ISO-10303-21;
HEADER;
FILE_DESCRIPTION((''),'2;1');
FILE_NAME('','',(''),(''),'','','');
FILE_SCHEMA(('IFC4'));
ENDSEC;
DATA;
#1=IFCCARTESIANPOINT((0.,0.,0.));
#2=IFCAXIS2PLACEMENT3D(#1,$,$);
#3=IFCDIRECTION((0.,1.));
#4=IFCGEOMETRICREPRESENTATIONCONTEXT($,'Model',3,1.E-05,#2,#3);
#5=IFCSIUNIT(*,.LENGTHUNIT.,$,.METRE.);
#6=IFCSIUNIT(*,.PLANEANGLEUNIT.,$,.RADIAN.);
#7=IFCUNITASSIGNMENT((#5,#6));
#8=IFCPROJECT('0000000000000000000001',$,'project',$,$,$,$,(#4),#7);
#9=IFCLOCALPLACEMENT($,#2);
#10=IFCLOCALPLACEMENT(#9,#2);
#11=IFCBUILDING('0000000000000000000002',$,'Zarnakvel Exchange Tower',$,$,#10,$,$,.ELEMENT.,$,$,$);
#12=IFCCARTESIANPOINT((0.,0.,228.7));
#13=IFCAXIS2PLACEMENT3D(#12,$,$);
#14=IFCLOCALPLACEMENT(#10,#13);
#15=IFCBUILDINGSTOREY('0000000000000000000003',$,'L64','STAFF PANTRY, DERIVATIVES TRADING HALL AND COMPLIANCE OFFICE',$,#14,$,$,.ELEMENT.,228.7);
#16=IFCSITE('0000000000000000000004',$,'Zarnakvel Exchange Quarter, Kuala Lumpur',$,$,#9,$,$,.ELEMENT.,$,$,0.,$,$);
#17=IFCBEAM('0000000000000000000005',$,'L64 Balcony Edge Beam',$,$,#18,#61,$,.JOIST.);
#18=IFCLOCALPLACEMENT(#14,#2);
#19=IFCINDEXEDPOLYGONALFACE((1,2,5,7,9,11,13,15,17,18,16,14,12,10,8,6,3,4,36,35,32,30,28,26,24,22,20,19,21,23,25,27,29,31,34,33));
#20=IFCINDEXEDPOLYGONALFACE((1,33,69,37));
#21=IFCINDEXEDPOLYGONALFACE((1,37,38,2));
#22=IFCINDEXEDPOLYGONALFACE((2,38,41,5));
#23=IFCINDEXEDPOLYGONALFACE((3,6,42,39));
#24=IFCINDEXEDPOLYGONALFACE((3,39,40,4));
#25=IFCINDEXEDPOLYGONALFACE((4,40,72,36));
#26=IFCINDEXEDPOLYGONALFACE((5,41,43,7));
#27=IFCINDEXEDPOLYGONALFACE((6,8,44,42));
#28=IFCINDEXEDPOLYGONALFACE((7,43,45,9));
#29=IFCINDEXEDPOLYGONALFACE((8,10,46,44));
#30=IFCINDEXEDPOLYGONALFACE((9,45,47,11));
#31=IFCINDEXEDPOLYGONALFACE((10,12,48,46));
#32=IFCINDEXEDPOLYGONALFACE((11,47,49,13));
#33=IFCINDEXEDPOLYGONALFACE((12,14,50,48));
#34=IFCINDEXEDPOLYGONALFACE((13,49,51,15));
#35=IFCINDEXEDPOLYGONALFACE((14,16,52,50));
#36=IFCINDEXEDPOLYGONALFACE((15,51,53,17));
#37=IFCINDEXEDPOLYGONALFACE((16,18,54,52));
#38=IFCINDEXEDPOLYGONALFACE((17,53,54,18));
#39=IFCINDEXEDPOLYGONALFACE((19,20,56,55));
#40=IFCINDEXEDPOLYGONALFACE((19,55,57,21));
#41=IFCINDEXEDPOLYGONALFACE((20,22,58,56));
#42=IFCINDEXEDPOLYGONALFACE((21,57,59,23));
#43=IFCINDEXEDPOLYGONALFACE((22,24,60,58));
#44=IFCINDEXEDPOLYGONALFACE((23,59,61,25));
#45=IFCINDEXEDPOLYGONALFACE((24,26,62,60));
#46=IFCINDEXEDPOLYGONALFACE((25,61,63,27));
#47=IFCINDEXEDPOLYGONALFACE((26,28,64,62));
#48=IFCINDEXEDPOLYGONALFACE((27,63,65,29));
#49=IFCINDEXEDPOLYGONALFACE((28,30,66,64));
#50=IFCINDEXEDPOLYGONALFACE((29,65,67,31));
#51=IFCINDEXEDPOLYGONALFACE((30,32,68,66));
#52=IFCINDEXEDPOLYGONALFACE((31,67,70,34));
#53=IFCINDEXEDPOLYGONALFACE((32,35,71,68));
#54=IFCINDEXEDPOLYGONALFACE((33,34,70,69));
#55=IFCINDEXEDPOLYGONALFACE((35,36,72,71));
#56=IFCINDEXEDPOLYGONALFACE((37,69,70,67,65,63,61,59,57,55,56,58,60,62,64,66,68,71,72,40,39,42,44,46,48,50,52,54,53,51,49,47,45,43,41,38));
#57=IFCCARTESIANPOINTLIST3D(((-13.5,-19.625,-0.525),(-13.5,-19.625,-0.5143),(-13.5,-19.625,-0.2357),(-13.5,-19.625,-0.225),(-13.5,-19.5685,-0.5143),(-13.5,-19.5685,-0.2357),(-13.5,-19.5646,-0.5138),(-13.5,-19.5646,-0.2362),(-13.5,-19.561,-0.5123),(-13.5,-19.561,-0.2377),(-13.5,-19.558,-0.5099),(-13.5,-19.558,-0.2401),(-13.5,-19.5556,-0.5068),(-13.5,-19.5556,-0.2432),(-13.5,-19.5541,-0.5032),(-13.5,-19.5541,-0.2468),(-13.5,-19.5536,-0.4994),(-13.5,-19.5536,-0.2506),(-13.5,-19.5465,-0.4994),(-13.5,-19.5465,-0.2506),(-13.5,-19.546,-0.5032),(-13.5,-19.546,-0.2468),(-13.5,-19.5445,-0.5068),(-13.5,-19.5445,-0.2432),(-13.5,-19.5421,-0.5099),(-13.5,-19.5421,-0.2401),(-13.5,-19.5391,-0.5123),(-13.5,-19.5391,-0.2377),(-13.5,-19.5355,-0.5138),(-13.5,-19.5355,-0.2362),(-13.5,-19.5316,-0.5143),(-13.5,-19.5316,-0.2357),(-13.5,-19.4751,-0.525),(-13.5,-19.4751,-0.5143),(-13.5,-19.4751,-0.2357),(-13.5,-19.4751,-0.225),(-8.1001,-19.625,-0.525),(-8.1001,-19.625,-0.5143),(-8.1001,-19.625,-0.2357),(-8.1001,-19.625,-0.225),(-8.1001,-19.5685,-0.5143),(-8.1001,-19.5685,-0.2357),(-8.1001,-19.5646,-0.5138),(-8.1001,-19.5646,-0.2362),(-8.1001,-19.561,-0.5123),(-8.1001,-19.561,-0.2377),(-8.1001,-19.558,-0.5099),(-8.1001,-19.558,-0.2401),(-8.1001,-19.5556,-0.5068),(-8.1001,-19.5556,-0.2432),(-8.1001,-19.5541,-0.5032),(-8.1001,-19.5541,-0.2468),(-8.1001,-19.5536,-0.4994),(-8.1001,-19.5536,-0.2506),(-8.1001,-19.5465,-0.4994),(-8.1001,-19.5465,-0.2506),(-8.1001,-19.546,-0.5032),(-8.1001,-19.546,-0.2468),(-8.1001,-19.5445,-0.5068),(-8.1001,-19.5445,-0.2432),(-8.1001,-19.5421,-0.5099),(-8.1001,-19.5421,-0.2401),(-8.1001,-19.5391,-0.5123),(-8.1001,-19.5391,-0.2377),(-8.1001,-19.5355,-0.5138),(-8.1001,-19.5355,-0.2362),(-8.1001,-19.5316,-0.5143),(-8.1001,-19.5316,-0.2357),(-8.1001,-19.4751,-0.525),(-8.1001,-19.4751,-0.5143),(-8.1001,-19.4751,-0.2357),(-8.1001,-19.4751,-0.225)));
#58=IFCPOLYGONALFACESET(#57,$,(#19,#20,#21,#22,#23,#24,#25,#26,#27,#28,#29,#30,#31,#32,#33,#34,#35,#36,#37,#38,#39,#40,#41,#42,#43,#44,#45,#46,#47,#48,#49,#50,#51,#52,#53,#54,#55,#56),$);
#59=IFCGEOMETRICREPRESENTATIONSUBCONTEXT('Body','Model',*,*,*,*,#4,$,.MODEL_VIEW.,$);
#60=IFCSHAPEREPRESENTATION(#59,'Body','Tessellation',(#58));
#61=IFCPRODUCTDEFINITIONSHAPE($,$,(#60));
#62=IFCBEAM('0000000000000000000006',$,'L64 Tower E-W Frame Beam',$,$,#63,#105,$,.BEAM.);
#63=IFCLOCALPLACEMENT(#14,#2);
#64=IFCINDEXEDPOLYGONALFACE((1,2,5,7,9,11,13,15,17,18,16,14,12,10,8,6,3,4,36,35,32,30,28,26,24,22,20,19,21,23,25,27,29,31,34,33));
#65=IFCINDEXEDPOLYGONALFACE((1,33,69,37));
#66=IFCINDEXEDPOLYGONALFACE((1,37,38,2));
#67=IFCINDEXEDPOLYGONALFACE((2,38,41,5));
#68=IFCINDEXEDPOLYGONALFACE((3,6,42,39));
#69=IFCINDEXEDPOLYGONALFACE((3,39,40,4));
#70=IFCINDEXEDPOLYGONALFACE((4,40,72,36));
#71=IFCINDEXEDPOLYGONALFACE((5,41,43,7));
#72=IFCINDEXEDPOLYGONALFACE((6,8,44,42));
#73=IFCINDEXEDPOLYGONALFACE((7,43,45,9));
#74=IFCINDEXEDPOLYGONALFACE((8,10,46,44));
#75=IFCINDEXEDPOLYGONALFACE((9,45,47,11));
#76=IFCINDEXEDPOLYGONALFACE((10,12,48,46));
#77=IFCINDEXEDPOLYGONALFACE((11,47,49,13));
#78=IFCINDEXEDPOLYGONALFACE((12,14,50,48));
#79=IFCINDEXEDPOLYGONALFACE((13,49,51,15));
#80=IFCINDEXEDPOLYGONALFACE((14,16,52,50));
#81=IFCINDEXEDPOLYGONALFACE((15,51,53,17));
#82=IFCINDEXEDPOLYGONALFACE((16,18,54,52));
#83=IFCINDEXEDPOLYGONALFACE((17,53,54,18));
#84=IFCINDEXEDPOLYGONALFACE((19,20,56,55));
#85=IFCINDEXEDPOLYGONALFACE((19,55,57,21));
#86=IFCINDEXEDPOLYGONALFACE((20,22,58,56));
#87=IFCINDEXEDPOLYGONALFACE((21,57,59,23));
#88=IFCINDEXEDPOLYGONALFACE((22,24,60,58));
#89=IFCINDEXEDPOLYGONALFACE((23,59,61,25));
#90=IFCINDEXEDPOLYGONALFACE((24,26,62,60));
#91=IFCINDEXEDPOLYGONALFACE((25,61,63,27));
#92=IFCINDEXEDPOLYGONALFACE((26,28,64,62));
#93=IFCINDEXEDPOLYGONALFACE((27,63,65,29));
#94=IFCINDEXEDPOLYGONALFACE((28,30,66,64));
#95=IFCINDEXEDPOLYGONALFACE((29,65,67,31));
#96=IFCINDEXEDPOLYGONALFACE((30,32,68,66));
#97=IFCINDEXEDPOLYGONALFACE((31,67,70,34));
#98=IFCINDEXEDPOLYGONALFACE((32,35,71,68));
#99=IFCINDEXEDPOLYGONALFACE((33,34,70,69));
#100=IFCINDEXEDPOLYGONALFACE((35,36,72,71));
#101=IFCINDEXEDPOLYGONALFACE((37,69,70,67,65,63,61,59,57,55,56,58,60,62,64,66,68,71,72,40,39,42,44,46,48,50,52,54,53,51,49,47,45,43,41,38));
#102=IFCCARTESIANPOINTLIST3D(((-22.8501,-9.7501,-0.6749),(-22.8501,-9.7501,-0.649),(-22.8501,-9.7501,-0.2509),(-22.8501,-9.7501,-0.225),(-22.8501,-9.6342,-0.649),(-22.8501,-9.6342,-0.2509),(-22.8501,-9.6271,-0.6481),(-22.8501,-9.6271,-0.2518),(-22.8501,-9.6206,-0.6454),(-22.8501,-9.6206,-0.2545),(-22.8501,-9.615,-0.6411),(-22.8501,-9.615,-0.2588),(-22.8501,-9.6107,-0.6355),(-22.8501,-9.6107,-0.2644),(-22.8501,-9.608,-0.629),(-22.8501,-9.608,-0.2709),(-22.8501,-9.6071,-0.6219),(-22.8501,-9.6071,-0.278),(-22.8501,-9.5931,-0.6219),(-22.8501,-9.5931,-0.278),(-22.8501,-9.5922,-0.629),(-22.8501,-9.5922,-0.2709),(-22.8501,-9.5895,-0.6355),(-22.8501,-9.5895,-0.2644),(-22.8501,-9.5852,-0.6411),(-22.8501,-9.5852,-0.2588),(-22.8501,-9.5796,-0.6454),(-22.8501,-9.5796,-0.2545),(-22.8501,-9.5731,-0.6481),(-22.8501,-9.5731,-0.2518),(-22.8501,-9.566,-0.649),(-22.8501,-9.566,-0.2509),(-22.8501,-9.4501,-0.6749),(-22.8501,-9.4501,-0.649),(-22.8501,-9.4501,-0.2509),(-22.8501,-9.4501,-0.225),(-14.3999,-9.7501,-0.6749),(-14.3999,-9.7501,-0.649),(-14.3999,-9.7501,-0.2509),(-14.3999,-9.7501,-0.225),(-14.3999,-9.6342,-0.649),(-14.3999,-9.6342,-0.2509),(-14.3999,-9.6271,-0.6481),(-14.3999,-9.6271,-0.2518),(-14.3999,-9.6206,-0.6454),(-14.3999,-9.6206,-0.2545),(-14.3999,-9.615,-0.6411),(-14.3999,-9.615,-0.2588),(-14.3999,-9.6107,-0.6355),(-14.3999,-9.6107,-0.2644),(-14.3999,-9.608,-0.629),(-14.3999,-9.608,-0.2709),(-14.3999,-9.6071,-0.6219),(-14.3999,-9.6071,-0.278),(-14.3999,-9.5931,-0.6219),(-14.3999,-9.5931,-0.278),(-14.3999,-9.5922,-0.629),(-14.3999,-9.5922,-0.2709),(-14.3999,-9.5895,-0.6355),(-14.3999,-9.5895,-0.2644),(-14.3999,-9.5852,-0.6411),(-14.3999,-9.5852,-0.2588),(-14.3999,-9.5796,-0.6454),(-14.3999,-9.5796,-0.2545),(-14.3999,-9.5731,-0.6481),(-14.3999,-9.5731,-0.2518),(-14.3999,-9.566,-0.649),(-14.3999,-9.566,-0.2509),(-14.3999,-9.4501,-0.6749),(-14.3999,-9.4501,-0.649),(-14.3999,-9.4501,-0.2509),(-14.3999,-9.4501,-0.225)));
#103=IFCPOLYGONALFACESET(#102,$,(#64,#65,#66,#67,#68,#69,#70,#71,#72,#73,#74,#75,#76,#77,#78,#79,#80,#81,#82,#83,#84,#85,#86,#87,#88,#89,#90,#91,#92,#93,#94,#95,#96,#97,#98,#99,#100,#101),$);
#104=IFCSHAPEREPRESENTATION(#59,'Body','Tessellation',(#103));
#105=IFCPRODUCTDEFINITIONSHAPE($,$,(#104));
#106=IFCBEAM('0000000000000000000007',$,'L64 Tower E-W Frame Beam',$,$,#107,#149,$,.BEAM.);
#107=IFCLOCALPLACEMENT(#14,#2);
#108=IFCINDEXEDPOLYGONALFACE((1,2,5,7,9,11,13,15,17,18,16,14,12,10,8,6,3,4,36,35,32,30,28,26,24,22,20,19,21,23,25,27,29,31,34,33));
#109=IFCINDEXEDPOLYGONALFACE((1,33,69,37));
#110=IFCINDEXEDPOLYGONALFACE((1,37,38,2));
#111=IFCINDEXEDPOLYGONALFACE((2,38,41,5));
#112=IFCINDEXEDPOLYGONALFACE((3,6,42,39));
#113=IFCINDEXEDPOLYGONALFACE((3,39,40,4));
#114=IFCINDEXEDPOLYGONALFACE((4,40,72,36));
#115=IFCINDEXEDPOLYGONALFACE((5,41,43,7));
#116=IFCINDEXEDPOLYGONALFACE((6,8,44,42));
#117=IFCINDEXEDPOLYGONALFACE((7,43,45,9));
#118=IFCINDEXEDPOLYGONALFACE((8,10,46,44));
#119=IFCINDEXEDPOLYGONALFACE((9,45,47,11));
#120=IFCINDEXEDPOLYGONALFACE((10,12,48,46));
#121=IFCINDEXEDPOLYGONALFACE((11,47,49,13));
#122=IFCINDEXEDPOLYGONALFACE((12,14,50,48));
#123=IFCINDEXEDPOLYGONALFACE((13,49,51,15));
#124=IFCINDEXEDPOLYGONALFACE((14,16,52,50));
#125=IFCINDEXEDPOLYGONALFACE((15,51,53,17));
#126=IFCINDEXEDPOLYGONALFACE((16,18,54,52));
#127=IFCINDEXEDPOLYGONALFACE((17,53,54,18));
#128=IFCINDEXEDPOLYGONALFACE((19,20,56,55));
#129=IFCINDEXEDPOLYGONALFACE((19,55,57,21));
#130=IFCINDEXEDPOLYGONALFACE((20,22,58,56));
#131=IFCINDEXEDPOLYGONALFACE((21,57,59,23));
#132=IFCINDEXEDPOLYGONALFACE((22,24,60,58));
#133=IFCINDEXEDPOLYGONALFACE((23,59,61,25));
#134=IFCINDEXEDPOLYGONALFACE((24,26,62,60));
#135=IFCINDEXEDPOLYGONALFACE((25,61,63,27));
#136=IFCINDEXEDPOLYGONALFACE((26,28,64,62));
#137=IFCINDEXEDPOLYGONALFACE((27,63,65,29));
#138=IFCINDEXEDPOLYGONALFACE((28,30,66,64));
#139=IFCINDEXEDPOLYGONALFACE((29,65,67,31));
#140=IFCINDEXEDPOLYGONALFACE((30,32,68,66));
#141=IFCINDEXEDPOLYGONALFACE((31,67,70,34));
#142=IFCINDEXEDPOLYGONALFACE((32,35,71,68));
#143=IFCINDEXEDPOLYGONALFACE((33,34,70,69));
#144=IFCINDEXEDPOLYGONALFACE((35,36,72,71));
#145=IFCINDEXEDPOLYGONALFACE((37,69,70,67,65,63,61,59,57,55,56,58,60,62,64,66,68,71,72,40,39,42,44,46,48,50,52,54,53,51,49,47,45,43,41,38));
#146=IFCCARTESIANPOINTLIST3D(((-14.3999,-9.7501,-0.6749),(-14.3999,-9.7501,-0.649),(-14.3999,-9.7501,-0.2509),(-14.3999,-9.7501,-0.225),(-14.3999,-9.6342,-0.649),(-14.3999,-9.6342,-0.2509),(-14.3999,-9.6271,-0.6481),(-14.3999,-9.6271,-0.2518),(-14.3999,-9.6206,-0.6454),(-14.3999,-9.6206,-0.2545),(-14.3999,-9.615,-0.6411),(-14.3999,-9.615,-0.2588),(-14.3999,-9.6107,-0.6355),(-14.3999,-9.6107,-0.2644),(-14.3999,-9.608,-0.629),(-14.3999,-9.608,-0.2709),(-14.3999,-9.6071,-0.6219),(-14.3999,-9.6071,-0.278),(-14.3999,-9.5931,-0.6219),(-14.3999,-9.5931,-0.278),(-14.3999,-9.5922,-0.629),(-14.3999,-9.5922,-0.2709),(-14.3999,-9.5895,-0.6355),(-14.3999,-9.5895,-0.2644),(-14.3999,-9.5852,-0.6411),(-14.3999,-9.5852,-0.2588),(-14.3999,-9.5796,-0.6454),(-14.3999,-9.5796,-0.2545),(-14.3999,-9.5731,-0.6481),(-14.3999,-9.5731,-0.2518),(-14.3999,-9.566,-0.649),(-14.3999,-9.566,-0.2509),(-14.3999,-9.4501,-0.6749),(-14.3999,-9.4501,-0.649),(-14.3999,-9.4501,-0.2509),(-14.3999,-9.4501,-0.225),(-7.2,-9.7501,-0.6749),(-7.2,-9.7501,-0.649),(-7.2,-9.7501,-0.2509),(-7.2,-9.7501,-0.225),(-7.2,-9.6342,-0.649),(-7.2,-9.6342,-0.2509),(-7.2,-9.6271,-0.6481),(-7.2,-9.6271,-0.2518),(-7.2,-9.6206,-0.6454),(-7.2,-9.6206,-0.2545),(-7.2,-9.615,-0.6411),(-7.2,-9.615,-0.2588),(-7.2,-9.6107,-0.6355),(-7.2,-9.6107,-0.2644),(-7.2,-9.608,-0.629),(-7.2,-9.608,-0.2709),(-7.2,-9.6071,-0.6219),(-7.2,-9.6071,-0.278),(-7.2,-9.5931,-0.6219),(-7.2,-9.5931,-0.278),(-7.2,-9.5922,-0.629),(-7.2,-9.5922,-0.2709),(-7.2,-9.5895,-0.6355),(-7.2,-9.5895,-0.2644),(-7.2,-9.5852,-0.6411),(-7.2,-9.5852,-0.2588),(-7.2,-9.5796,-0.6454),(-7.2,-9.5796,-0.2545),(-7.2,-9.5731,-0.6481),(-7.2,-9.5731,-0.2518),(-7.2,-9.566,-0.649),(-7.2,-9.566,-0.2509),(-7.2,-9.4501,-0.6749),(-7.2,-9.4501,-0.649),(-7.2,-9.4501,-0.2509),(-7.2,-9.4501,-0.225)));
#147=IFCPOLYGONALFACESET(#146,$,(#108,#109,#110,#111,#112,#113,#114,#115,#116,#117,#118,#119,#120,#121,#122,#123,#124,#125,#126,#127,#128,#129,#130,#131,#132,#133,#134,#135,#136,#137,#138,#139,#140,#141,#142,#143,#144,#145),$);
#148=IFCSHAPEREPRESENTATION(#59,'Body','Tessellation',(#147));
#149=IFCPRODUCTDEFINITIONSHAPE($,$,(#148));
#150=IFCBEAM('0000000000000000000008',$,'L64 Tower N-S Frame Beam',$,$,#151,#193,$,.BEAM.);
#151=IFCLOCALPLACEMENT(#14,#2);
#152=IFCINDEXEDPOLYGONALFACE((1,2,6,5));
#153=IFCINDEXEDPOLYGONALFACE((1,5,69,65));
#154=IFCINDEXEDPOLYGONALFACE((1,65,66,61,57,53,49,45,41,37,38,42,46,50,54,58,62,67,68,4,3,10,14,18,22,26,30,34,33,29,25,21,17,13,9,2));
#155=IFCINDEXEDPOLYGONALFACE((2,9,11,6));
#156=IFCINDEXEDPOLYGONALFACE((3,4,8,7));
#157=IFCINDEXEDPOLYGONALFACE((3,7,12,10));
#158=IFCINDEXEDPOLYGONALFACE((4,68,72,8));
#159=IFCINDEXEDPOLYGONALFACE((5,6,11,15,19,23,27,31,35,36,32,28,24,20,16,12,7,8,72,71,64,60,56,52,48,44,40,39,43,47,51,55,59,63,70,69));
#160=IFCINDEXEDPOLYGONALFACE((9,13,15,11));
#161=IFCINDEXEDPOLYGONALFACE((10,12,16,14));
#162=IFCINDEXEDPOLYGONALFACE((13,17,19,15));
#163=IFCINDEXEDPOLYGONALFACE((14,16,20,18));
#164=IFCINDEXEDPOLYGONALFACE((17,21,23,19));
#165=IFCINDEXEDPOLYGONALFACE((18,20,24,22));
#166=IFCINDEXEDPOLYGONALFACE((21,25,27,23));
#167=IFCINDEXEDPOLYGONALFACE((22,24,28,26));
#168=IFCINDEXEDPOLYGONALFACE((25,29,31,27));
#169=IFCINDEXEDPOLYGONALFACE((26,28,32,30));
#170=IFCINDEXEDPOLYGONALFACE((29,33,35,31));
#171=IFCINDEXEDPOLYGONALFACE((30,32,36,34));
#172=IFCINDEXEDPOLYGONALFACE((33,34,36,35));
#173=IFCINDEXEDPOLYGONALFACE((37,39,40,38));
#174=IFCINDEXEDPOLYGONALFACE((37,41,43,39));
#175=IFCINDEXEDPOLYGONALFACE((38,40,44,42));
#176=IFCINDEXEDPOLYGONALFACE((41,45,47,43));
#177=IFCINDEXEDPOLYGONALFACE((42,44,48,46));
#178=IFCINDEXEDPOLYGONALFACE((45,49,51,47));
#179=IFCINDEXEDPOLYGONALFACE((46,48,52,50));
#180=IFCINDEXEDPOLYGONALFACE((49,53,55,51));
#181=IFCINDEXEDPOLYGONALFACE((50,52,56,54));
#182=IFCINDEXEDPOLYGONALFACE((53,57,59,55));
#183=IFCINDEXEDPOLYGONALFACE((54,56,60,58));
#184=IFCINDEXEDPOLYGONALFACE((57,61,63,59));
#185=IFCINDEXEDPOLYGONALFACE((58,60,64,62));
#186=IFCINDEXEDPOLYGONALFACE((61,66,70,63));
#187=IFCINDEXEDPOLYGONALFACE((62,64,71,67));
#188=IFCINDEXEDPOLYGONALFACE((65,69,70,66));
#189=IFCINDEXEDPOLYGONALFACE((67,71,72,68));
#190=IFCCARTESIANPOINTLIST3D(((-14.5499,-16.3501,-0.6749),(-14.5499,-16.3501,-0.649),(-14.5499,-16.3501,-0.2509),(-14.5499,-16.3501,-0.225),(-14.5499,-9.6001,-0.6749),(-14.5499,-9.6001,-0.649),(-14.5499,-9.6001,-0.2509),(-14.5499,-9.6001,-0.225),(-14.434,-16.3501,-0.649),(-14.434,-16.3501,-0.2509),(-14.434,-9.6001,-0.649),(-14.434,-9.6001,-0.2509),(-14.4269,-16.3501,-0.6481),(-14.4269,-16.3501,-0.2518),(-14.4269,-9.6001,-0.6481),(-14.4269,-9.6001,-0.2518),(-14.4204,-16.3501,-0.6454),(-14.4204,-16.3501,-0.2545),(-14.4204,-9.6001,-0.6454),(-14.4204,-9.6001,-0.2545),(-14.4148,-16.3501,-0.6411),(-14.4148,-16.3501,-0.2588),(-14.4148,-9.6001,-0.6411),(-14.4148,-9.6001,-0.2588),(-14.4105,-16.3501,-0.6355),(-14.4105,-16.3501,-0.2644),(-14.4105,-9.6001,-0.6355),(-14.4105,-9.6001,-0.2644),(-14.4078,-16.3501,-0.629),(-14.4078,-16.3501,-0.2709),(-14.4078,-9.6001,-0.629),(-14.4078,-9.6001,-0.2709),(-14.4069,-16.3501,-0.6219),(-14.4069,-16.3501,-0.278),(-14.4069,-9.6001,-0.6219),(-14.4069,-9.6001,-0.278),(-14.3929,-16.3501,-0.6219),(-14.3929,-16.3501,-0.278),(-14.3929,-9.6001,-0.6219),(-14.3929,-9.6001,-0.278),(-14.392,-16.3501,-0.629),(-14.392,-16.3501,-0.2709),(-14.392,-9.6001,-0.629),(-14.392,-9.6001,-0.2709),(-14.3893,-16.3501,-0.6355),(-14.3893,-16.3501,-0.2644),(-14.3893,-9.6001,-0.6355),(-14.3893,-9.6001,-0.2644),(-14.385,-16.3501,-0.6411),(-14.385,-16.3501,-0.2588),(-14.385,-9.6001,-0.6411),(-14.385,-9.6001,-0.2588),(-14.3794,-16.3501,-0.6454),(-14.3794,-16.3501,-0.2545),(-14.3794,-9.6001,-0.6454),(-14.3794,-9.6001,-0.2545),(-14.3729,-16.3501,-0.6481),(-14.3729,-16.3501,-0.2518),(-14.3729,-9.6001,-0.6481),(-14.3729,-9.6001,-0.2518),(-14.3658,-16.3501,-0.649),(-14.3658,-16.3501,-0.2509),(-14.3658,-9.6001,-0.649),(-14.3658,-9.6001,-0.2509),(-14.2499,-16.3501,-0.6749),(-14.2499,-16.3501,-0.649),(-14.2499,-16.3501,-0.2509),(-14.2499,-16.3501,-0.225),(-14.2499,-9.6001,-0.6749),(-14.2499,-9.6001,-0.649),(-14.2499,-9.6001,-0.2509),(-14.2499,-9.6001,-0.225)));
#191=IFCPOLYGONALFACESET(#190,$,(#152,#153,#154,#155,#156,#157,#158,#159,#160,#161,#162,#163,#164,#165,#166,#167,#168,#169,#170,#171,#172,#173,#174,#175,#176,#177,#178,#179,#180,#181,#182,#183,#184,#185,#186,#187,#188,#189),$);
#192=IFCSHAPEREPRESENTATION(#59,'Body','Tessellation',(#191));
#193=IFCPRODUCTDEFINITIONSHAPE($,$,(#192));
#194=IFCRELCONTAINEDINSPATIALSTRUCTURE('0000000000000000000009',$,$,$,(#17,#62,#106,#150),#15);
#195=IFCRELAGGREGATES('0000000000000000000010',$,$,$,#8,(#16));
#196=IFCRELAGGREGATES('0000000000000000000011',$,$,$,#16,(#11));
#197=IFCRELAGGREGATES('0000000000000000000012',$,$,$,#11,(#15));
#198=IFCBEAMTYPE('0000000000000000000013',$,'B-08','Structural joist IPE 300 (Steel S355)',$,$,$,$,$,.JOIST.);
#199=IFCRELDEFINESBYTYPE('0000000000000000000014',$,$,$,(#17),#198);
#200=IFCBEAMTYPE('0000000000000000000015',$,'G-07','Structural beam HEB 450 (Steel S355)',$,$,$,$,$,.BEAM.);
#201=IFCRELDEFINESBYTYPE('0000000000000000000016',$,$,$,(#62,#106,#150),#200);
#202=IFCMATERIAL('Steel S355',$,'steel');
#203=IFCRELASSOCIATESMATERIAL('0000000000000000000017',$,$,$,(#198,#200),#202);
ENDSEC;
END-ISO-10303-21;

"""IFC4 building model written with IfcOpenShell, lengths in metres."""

from ifc_helpers import new_model, si_unit, direction, frame, origin, origin_2d, place, context, subcontext, project, spatial, i_section, extrude, material, material_profile, profile_set, type_object, element, save


model = new_model("IFC4")

# Units and contexts
model_context = context("Model", 3, precision=1e-05, world=origin(), true_north=direction((0.0, 1.0)))
body_context = subcontext(model_context, "Body", "Model", "MODEL_VIEW")
ifc_project = project(units=[si_unit("LENGTHUNIT", "METRE"), si_unit("PLANEANGLEUNIT", "RADIAN")], contexts=[model_context])

# Site, building, storey
site_placement = place(None, origin())
site = spatial("IfcSite", under=ifc_project, at=site_placement, Name="Zarnakvel Exchange Quarter, Kuala Lumpur", CompositionType="ELEMENT", RefElevation=0.0)
building_placement = place(site_placement, origin())
building = spatial("IfcBuilding", under=site, at=building_placement, Name="Zarnakvel Exchange Tower", CompositionType="ELEMENT")
storey_placement = place(building_placement, frame((0.0, 0.0, 228.7)))
storey = spatial("IfcBuildingStorey", under=building, at=storey_placement, Name="L64", Description="STAFF PANTRY, DERIVATIVES TRADING HALL AND COMPLIANCE OFFICE", CompositionType="ELEMENT", Elevation=228.7)

# Shared definitions
ifc_material_1 = material(Name="Steel S355", Category="steel")

# Beams
ifc_material_profile_1 = material_profile(ifc_material_1, i_section(OverallWidth=0.1499, OverallDepth=0.3, WebThickness=0.0071, FlangeThickness=0.0107, FilletRadius=0.0149, at=origin_2d()))
ifc_profile_set_1 = profile_set([ifc_material_profile_1], Name="Steel S355")
beam_type_1 = type_object("IfcBeamType", Name="B-08", Description="Structural joist IPE 300 (Steel S355)", PredefinedType="JOIST", material=ifc_profile_set_1)
beam_1_placement = place(storey_placement, frame((-13.5, -19.55, -0.375), z_axis=(1.0, 0.0, 0.0), x_axis=(0.0, 1.0, 0.0)))
element("IfcBeam", 1, at=beam_1_placement, inside=storey, type_object=beam_type_1, Name="L64 Balcony Edge Beam", PredefinedType="JOIST", context=body_context, shape_type="SweptSolid", body=[
    extrude(i_section(OverallWidth=0.1499, OverallDepth=0.3, WebThickness=0.0071, FlangeThickness=0.0107, FilletRadius=0.0149, at=origin_2d()), origin(), (0.0, 0.0, 1.0), 5.3999),
])
ifc_material_profile_2 = material_profile(ifc_material_1, i_section(OverallWidth=0.3, OverallDepth=0.45, WebThickness=0.0139, FlangeThickness=0.0259, FilletRadius=0.0271, at=origin_2d()))
ifc_profile_set_2 = profile_set([ifc_material_profile_2], Name="Steel S355")
beam_type_2 = type_object("IfcBeamType", Name="G-07", Description="Structural beam HEB 450 (Steel S355)", PredefinedType="BEAM", material=ifc_profile_set_2)
beam_2_placement = place(storey_placement, frame((-22.8501, -9.6001, -0.45), z_axis=(1.0, 0.0, 0.0), x_axis=(0.0, 1.0, 0.0)))
element("IfcBeam", 2, at=beam_2_placement, inside=storey, type_object=beam_type_2, Name="L64 Tower E-W Frame Beam", PredefinedType="BEAM", context=body_context, shape_type="SweptSolid", body=[
    extrude(i_section(OverallWidth=0.3, OverallDepth=0.45, WebThickness=0.0139, FlangeThickness=0.0259, FilletRadius=0.0271, at=origin_2d()), origin(), (0.0, 0.0, 1.0), 8.4502),
])
beam_3_placement = place(storey_placement, frame((-14.3999, -9.6001, -0.45), z_axis=(1.0, 0.0, 0.0), x_axis=(0.0, 1.0, 0.0)))
element("IfcBeam", 3, at=beam_3_placement, inside=storey, type_object=beam_type_2, Name="L64 Tower E-W Frame Beam", PredefinedType="BEAM", context=body_context, shape_type="SweptSolid", body=[
    extrude(i_section(OverallWidth=0.3, OverallDepth=0.45, WebThickness=0.0139, FlangeThickness=0.0259, FilletRadius=0.0271, at=origin_2d()), origin(), (0.0, 0.0, 1.0), 7.2),
])
beam_4_placement = place(storey_placement, frame((-14.3999, -16.3501, -0.45), z_axis=(0.0, 1.0, 0.0), x_axis=(-1.0, 0.0, 0.0)))
element("IfcBeam", 4, at=beam_4_placement, inside=storey, type_object=beam_type_2, Name="L64 Tower N-S Frame Beam", PredefinedType="BEAM", context=body_context, shape_type="SweptSolid", body=[
    extrude(i_section(OverallWidth=0.3, OverallDepth=0.45, WebThickness=0.0139, FlangeThickness=0.0259, FilletRadius=0.0271, at=origin_2d()), origin(), (0.0, 0.0, 1.0), 6.75),
])

save(model, "model.ifc")
